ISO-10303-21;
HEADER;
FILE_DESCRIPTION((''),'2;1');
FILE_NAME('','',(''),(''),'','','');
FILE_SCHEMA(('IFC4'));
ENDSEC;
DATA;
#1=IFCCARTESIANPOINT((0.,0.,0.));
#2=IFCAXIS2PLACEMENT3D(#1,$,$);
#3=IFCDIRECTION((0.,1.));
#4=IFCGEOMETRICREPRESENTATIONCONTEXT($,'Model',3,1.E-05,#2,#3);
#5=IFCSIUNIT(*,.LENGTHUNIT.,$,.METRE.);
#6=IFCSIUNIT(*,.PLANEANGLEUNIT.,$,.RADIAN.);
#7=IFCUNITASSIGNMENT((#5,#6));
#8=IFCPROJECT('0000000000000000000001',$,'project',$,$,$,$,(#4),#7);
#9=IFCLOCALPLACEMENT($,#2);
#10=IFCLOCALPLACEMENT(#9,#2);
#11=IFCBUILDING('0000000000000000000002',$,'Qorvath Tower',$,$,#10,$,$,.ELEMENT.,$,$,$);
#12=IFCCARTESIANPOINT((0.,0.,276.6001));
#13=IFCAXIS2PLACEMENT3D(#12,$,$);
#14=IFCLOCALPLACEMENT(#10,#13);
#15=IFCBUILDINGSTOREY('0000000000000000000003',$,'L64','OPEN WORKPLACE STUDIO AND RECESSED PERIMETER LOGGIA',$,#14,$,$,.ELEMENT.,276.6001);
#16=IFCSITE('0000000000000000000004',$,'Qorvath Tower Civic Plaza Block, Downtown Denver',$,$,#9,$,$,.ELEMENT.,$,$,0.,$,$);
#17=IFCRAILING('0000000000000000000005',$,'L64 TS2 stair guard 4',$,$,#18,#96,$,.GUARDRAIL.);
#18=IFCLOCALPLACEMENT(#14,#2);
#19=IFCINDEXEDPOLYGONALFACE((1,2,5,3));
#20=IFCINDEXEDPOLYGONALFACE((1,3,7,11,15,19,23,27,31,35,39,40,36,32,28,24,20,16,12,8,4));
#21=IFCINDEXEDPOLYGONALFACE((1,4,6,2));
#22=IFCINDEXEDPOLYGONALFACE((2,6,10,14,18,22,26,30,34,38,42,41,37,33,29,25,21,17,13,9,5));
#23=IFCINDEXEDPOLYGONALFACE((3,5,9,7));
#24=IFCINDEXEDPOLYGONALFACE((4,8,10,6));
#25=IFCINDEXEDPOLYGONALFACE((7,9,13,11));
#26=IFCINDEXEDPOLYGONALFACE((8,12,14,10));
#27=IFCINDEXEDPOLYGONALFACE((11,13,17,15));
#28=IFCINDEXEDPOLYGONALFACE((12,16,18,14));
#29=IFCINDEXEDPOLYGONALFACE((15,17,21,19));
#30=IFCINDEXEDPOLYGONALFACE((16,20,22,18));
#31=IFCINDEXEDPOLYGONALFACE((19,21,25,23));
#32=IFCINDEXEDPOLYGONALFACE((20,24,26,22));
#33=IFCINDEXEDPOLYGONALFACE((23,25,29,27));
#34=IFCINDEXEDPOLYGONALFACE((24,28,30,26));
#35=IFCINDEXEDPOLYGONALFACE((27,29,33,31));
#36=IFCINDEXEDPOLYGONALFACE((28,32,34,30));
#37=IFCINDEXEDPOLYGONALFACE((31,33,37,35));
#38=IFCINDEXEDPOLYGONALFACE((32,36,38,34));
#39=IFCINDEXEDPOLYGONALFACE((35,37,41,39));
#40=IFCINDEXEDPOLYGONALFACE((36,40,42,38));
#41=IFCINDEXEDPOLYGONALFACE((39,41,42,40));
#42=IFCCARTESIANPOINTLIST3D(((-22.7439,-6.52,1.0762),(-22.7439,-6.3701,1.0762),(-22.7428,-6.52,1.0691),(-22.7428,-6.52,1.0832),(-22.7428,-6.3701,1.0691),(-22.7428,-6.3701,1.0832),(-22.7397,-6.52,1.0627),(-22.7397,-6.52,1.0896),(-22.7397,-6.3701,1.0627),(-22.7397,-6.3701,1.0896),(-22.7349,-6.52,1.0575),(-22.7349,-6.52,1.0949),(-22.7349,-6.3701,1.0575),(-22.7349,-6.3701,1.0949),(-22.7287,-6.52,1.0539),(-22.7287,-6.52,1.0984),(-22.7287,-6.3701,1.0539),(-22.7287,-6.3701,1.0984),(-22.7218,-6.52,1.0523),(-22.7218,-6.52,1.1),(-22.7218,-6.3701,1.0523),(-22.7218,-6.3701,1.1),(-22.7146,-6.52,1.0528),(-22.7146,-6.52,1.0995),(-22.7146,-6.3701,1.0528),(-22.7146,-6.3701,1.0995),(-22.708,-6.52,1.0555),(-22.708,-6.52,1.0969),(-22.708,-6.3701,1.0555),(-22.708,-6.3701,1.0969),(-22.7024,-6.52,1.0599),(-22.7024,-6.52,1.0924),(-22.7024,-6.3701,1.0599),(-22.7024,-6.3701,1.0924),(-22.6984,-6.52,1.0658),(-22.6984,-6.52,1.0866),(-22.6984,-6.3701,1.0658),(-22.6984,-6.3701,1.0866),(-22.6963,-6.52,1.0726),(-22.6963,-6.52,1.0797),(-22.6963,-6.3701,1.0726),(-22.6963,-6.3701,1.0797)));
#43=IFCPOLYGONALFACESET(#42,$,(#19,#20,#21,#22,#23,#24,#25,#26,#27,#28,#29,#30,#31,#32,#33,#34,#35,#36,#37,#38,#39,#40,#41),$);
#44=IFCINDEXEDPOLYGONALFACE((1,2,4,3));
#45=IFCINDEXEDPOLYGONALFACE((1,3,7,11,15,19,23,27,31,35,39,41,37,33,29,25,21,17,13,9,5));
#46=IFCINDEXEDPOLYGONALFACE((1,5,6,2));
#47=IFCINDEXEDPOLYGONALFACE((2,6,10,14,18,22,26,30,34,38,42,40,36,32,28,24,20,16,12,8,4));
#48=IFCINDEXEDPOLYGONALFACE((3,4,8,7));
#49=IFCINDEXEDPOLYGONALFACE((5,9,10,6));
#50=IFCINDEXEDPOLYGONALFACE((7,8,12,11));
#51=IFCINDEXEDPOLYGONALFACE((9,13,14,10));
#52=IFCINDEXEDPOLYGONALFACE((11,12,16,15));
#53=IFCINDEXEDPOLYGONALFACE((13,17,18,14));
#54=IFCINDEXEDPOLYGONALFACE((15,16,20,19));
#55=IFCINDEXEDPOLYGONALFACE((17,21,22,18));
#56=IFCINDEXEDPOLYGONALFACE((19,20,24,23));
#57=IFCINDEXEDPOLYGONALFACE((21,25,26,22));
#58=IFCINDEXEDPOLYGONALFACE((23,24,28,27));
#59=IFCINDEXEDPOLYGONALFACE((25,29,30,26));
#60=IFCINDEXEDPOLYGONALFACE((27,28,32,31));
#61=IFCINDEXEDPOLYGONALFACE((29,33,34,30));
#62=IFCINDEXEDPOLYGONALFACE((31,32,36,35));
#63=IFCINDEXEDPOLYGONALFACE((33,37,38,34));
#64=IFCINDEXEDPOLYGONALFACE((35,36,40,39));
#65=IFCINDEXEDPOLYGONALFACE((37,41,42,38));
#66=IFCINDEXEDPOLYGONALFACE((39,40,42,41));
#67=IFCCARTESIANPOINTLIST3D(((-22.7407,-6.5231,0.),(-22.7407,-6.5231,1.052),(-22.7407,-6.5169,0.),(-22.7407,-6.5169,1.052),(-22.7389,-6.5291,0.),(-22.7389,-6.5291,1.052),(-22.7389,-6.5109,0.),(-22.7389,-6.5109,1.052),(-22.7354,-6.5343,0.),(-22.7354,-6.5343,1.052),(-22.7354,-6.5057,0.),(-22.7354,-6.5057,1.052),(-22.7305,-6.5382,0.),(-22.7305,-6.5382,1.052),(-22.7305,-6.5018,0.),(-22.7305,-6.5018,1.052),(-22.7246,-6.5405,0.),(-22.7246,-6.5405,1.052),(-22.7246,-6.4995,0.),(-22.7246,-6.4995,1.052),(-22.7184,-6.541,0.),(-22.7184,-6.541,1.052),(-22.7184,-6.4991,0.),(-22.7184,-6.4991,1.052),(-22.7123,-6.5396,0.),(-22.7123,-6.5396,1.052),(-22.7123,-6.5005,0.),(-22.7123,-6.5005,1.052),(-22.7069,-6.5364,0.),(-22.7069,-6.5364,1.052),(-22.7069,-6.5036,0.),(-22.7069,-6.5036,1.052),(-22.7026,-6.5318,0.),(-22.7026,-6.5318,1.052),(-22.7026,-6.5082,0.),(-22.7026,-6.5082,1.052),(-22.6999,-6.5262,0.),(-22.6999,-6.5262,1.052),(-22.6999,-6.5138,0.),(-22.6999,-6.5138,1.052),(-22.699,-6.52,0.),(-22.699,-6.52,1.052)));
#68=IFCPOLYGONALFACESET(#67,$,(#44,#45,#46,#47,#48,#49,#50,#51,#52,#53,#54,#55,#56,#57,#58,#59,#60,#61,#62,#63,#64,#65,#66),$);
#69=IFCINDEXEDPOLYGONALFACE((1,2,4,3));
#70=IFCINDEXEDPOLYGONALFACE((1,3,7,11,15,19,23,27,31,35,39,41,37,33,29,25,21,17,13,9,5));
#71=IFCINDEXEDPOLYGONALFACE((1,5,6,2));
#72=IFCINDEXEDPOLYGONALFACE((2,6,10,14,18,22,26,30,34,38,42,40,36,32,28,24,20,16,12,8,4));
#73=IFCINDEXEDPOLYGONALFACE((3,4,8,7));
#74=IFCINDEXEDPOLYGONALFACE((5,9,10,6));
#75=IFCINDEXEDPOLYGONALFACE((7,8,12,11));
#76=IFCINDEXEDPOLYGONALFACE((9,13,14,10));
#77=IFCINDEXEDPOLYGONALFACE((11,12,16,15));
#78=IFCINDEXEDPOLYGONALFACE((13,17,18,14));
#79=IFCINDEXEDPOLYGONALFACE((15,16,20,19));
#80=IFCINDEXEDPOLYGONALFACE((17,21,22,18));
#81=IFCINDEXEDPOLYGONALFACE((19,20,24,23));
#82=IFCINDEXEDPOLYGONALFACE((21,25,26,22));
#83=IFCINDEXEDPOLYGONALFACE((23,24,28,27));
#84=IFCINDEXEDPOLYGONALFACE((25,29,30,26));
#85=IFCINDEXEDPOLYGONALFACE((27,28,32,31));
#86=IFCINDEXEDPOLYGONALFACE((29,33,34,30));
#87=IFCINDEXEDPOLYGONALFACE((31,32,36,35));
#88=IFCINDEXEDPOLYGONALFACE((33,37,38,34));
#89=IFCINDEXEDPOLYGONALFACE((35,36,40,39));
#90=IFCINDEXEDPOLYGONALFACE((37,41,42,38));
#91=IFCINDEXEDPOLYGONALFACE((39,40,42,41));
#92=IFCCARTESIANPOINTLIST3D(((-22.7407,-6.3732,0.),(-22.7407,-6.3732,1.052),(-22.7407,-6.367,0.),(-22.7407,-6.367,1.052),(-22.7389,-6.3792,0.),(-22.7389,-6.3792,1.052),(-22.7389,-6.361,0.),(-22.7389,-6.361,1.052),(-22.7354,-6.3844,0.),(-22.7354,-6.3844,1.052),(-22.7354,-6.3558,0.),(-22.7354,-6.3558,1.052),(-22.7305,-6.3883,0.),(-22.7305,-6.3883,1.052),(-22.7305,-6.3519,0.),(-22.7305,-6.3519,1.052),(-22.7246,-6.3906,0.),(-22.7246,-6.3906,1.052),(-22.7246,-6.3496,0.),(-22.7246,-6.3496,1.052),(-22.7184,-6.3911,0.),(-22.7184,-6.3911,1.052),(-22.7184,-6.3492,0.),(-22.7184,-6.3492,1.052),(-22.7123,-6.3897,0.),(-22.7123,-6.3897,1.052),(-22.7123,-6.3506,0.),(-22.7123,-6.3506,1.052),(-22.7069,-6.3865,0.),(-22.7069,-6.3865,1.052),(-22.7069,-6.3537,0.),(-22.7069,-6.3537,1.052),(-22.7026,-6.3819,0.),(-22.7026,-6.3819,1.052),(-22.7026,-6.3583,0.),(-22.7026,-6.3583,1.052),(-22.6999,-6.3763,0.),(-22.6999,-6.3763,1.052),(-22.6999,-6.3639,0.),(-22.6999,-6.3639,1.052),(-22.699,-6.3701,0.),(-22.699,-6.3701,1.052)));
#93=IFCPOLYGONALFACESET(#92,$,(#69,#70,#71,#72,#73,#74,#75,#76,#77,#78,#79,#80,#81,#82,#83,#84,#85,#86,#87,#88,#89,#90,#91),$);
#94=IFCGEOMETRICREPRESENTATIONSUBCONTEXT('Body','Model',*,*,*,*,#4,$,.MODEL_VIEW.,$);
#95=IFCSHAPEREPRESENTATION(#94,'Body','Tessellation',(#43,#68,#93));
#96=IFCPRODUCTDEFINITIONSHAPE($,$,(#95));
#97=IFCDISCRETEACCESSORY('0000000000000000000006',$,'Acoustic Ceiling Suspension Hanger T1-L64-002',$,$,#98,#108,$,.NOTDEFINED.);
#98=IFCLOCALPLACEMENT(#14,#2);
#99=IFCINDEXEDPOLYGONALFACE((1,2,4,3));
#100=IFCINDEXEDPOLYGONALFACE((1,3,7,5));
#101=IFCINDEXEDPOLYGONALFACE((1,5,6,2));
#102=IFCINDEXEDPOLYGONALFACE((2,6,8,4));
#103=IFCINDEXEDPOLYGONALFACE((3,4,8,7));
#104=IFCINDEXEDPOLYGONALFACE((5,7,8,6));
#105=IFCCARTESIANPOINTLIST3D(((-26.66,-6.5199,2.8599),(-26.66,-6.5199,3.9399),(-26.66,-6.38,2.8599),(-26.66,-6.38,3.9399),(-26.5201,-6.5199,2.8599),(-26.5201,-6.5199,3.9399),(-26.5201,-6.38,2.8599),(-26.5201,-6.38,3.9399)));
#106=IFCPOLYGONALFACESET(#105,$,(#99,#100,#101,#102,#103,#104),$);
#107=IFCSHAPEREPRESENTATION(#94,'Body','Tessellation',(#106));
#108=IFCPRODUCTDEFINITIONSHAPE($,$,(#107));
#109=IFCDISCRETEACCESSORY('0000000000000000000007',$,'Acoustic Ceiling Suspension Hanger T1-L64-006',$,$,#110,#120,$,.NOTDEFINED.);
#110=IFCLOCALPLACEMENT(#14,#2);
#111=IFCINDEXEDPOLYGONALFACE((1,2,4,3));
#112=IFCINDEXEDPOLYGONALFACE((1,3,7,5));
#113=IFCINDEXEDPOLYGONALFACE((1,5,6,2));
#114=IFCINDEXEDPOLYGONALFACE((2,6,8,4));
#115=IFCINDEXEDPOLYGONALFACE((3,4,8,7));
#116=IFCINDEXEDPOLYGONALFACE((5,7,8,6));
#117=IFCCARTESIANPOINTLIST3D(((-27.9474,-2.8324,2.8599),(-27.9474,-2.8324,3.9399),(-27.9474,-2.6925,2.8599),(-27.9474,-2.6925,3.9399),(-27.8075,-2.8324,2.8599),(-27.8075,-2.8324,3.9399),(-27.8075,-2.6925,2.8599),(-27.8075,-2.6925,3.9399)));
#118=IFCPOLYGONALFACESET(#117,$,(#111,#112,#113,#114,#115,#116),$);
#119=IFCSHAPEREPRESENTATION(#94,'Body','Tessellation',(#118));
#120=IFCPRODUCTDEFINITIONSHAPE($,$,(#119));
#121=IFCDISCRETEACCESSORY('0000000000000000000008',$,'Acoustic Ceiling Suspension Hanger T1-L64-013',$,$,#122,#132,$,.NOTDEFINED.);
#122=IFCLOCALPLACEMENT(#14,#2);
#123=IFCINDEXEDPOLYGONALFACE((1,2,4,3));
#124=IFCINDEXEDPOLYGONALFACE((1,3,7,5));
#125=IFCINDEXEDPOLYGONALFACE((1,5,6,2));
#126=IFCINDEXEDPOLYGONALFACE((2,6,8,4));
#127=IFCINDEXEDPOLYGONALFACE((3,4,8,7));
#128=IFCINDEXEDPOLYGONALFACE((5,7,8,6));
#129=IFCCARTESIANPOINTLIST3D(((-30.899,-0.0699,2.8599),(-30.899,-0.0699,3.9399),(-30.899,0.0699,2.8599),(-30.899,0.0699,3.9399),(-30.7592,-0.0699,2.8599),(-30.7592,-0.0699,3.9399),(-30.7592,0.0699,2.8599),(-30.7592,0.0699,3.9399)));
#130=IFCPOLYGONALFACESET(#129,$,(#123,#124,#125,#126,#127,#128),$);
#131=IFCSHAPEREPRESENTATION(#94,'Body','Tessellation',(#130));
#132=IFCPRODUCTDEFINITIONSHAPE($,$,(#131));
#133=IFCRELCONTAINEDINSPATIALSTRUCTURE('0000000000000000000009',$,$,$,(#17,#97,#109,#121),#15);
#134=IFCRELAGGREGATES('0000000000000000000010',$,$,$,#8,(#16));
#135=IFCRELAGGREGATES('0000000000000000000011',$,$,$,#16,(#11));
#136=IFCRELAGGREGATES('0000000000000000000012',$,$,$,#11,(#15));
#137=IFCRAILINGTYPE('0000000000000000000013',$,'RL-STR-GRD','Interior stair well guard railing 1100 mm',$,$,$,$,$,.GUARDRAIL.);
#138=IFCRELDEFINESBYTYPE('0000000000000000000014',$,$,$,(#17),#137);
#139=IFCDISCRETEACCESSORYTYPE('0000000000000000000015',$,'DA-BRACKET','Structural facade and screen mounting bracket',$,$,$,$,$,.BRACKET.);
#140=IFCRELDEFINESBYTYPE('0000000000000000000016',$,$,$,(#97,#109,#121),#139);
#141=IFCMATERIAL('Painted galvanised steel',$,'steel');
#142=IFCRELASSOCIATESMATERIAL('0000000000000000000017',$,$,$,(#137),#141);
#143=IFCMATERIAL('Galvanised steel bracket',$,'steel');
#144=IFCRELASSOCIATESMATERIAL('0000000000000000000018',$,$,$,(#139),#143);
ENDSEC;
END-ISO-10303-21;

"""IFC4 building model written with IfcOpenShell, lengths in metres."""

from ifc_helpers import new_model, si_unit, direction, frame, origin, origin_2d, place, context, subcontext, project, spatial, rectangle, circle, extrude, material, type_object, element, save


model = new_model("IFC4")

# Units and contexts
model_context = context("Model", 3, precision=1e-05, world=origin(), true_north=direction((0.0, 1.0)))
body_context = subcontext(model_context, "Body", "Model", "MODEL_VIEW")
ifc_project = project(units=[si_unit("LENGTHUNIT", "METRE"), si_unit("PLANEANGLEUNIT", "RADIAN")], contexts=[model_context])

# Site, building, storey
site_placement = place(None, origin())
site = spatial("IfcSite", under=ifc_project, at=site_placement, Name="Qorvath Tower Civic Plaza Block, Downtown Denver", CompositionType="ELEMENT", RefElevation=0.0)
building_placement = place(site_placement, origin())
building = spatial("IfcBuilding", under=site, at=building_placement, Name="Qorvath Tower", CompositionType="ELEMENT")
storey_placement = place(building_placement, frame((0.0, 0.0, 276.6001)))
storey = spatial("IfcBuildingStorey", under=building, at=storey_placement, Name="L64", Description="OPEN WORKPLACE STUDIO AND RECESSED PERIMETER LOGGIA", CompositionType="ELEMENT", Elevation=276.6001)

# Railing
ifc_material_1 = material(Name="Painted galvanised steel", Category="steel")
railing_type = type_object("IfcRailingType", Name="RL-STR-GRD", Description="Interior stair well guard railing 1100 mm", PredefinedType="GUARDRAIL", material=ifc_material_1)
railing_1_placement = place(storey_placement, frame((-22.72, -6.52, 0.0)))
element("IfcRailing", 1, at=railing_1_placement, inside=storey, type_object=railing_type, Name="L64 TS2 stair guard 4", PredefinedType="GUARDRAIL", context=body_context, shape_type="SweptSolid", body=[
    extrude(circle(Radius=0.0239, at=origin_2d()), frame((0.0, 0.0, 1.0762), z_axis=(0.0, 1.0, 0.0), x_axis=(-1.0, 0.0, 0.0)), (0.0, 0.0, 1.0), 0.1499),
    extrude(circle(Radius=0.021, at=origin_2d()), origin(), (0.0, 0.0, 1.0), 1.052),
    extrude(circle(Radius=0.021, at=origin_2d()), frame((0.0, 0.1499, 0.0)), (0.0, 0.0, 1.0), 1.052),
])

# Discrete accessories
ifc_material_2 = material(Name="Galvanised steel bracket", Category="steel")
discrete_accessory_type = type_object("IfcDiscreteAccessoryType", Name="DA-BRACKET", Description="Structural facade and screen mounting bracket", PredefinedType="BRACKET", material=ifc_material_2)
for number, where, z_axis, x_axis, name in (
    (2, (-26.5901, -6.45, 2.8599), (0.0, 0.0, 1.0), (1.0, 0.0, 0.0), "Acoustic Ceiling Suspension Hanger T1-L64-002"),
    (3, (-27.8774, -2.7625, 2.8599), (0.0, 0.0, 1.0), (1.0, 0.0, 0.0), "Acoustic Ceiling Suspension Hanger T1-L64-006"),
    (4, (-30.8291, 0.0, 2.8599), (0.0, 0.0, 1.0), (1.0, 0.0, 0.0), "Acoustic Ceiling Suspension Hanger T1-L64-013"),
):
    element("IfcDiscreteAccessory", number, at=place(storey_placement, frame(where, z_axis=z_axis, x_axis=x_axis)), inside=storey, type_object=discrete_accessory_type, Name=name, PredefinedType="NOTDEFINED", context=body_context, shape_type="SweptSolid", body=[
        extrude(rectangle(XDim=0.1399, YDim=0.1399, at=origin_2d()), origin(), (0.0, 0.0, 1.0), 1.0801),
    ])

save(model, "model.ifc")
